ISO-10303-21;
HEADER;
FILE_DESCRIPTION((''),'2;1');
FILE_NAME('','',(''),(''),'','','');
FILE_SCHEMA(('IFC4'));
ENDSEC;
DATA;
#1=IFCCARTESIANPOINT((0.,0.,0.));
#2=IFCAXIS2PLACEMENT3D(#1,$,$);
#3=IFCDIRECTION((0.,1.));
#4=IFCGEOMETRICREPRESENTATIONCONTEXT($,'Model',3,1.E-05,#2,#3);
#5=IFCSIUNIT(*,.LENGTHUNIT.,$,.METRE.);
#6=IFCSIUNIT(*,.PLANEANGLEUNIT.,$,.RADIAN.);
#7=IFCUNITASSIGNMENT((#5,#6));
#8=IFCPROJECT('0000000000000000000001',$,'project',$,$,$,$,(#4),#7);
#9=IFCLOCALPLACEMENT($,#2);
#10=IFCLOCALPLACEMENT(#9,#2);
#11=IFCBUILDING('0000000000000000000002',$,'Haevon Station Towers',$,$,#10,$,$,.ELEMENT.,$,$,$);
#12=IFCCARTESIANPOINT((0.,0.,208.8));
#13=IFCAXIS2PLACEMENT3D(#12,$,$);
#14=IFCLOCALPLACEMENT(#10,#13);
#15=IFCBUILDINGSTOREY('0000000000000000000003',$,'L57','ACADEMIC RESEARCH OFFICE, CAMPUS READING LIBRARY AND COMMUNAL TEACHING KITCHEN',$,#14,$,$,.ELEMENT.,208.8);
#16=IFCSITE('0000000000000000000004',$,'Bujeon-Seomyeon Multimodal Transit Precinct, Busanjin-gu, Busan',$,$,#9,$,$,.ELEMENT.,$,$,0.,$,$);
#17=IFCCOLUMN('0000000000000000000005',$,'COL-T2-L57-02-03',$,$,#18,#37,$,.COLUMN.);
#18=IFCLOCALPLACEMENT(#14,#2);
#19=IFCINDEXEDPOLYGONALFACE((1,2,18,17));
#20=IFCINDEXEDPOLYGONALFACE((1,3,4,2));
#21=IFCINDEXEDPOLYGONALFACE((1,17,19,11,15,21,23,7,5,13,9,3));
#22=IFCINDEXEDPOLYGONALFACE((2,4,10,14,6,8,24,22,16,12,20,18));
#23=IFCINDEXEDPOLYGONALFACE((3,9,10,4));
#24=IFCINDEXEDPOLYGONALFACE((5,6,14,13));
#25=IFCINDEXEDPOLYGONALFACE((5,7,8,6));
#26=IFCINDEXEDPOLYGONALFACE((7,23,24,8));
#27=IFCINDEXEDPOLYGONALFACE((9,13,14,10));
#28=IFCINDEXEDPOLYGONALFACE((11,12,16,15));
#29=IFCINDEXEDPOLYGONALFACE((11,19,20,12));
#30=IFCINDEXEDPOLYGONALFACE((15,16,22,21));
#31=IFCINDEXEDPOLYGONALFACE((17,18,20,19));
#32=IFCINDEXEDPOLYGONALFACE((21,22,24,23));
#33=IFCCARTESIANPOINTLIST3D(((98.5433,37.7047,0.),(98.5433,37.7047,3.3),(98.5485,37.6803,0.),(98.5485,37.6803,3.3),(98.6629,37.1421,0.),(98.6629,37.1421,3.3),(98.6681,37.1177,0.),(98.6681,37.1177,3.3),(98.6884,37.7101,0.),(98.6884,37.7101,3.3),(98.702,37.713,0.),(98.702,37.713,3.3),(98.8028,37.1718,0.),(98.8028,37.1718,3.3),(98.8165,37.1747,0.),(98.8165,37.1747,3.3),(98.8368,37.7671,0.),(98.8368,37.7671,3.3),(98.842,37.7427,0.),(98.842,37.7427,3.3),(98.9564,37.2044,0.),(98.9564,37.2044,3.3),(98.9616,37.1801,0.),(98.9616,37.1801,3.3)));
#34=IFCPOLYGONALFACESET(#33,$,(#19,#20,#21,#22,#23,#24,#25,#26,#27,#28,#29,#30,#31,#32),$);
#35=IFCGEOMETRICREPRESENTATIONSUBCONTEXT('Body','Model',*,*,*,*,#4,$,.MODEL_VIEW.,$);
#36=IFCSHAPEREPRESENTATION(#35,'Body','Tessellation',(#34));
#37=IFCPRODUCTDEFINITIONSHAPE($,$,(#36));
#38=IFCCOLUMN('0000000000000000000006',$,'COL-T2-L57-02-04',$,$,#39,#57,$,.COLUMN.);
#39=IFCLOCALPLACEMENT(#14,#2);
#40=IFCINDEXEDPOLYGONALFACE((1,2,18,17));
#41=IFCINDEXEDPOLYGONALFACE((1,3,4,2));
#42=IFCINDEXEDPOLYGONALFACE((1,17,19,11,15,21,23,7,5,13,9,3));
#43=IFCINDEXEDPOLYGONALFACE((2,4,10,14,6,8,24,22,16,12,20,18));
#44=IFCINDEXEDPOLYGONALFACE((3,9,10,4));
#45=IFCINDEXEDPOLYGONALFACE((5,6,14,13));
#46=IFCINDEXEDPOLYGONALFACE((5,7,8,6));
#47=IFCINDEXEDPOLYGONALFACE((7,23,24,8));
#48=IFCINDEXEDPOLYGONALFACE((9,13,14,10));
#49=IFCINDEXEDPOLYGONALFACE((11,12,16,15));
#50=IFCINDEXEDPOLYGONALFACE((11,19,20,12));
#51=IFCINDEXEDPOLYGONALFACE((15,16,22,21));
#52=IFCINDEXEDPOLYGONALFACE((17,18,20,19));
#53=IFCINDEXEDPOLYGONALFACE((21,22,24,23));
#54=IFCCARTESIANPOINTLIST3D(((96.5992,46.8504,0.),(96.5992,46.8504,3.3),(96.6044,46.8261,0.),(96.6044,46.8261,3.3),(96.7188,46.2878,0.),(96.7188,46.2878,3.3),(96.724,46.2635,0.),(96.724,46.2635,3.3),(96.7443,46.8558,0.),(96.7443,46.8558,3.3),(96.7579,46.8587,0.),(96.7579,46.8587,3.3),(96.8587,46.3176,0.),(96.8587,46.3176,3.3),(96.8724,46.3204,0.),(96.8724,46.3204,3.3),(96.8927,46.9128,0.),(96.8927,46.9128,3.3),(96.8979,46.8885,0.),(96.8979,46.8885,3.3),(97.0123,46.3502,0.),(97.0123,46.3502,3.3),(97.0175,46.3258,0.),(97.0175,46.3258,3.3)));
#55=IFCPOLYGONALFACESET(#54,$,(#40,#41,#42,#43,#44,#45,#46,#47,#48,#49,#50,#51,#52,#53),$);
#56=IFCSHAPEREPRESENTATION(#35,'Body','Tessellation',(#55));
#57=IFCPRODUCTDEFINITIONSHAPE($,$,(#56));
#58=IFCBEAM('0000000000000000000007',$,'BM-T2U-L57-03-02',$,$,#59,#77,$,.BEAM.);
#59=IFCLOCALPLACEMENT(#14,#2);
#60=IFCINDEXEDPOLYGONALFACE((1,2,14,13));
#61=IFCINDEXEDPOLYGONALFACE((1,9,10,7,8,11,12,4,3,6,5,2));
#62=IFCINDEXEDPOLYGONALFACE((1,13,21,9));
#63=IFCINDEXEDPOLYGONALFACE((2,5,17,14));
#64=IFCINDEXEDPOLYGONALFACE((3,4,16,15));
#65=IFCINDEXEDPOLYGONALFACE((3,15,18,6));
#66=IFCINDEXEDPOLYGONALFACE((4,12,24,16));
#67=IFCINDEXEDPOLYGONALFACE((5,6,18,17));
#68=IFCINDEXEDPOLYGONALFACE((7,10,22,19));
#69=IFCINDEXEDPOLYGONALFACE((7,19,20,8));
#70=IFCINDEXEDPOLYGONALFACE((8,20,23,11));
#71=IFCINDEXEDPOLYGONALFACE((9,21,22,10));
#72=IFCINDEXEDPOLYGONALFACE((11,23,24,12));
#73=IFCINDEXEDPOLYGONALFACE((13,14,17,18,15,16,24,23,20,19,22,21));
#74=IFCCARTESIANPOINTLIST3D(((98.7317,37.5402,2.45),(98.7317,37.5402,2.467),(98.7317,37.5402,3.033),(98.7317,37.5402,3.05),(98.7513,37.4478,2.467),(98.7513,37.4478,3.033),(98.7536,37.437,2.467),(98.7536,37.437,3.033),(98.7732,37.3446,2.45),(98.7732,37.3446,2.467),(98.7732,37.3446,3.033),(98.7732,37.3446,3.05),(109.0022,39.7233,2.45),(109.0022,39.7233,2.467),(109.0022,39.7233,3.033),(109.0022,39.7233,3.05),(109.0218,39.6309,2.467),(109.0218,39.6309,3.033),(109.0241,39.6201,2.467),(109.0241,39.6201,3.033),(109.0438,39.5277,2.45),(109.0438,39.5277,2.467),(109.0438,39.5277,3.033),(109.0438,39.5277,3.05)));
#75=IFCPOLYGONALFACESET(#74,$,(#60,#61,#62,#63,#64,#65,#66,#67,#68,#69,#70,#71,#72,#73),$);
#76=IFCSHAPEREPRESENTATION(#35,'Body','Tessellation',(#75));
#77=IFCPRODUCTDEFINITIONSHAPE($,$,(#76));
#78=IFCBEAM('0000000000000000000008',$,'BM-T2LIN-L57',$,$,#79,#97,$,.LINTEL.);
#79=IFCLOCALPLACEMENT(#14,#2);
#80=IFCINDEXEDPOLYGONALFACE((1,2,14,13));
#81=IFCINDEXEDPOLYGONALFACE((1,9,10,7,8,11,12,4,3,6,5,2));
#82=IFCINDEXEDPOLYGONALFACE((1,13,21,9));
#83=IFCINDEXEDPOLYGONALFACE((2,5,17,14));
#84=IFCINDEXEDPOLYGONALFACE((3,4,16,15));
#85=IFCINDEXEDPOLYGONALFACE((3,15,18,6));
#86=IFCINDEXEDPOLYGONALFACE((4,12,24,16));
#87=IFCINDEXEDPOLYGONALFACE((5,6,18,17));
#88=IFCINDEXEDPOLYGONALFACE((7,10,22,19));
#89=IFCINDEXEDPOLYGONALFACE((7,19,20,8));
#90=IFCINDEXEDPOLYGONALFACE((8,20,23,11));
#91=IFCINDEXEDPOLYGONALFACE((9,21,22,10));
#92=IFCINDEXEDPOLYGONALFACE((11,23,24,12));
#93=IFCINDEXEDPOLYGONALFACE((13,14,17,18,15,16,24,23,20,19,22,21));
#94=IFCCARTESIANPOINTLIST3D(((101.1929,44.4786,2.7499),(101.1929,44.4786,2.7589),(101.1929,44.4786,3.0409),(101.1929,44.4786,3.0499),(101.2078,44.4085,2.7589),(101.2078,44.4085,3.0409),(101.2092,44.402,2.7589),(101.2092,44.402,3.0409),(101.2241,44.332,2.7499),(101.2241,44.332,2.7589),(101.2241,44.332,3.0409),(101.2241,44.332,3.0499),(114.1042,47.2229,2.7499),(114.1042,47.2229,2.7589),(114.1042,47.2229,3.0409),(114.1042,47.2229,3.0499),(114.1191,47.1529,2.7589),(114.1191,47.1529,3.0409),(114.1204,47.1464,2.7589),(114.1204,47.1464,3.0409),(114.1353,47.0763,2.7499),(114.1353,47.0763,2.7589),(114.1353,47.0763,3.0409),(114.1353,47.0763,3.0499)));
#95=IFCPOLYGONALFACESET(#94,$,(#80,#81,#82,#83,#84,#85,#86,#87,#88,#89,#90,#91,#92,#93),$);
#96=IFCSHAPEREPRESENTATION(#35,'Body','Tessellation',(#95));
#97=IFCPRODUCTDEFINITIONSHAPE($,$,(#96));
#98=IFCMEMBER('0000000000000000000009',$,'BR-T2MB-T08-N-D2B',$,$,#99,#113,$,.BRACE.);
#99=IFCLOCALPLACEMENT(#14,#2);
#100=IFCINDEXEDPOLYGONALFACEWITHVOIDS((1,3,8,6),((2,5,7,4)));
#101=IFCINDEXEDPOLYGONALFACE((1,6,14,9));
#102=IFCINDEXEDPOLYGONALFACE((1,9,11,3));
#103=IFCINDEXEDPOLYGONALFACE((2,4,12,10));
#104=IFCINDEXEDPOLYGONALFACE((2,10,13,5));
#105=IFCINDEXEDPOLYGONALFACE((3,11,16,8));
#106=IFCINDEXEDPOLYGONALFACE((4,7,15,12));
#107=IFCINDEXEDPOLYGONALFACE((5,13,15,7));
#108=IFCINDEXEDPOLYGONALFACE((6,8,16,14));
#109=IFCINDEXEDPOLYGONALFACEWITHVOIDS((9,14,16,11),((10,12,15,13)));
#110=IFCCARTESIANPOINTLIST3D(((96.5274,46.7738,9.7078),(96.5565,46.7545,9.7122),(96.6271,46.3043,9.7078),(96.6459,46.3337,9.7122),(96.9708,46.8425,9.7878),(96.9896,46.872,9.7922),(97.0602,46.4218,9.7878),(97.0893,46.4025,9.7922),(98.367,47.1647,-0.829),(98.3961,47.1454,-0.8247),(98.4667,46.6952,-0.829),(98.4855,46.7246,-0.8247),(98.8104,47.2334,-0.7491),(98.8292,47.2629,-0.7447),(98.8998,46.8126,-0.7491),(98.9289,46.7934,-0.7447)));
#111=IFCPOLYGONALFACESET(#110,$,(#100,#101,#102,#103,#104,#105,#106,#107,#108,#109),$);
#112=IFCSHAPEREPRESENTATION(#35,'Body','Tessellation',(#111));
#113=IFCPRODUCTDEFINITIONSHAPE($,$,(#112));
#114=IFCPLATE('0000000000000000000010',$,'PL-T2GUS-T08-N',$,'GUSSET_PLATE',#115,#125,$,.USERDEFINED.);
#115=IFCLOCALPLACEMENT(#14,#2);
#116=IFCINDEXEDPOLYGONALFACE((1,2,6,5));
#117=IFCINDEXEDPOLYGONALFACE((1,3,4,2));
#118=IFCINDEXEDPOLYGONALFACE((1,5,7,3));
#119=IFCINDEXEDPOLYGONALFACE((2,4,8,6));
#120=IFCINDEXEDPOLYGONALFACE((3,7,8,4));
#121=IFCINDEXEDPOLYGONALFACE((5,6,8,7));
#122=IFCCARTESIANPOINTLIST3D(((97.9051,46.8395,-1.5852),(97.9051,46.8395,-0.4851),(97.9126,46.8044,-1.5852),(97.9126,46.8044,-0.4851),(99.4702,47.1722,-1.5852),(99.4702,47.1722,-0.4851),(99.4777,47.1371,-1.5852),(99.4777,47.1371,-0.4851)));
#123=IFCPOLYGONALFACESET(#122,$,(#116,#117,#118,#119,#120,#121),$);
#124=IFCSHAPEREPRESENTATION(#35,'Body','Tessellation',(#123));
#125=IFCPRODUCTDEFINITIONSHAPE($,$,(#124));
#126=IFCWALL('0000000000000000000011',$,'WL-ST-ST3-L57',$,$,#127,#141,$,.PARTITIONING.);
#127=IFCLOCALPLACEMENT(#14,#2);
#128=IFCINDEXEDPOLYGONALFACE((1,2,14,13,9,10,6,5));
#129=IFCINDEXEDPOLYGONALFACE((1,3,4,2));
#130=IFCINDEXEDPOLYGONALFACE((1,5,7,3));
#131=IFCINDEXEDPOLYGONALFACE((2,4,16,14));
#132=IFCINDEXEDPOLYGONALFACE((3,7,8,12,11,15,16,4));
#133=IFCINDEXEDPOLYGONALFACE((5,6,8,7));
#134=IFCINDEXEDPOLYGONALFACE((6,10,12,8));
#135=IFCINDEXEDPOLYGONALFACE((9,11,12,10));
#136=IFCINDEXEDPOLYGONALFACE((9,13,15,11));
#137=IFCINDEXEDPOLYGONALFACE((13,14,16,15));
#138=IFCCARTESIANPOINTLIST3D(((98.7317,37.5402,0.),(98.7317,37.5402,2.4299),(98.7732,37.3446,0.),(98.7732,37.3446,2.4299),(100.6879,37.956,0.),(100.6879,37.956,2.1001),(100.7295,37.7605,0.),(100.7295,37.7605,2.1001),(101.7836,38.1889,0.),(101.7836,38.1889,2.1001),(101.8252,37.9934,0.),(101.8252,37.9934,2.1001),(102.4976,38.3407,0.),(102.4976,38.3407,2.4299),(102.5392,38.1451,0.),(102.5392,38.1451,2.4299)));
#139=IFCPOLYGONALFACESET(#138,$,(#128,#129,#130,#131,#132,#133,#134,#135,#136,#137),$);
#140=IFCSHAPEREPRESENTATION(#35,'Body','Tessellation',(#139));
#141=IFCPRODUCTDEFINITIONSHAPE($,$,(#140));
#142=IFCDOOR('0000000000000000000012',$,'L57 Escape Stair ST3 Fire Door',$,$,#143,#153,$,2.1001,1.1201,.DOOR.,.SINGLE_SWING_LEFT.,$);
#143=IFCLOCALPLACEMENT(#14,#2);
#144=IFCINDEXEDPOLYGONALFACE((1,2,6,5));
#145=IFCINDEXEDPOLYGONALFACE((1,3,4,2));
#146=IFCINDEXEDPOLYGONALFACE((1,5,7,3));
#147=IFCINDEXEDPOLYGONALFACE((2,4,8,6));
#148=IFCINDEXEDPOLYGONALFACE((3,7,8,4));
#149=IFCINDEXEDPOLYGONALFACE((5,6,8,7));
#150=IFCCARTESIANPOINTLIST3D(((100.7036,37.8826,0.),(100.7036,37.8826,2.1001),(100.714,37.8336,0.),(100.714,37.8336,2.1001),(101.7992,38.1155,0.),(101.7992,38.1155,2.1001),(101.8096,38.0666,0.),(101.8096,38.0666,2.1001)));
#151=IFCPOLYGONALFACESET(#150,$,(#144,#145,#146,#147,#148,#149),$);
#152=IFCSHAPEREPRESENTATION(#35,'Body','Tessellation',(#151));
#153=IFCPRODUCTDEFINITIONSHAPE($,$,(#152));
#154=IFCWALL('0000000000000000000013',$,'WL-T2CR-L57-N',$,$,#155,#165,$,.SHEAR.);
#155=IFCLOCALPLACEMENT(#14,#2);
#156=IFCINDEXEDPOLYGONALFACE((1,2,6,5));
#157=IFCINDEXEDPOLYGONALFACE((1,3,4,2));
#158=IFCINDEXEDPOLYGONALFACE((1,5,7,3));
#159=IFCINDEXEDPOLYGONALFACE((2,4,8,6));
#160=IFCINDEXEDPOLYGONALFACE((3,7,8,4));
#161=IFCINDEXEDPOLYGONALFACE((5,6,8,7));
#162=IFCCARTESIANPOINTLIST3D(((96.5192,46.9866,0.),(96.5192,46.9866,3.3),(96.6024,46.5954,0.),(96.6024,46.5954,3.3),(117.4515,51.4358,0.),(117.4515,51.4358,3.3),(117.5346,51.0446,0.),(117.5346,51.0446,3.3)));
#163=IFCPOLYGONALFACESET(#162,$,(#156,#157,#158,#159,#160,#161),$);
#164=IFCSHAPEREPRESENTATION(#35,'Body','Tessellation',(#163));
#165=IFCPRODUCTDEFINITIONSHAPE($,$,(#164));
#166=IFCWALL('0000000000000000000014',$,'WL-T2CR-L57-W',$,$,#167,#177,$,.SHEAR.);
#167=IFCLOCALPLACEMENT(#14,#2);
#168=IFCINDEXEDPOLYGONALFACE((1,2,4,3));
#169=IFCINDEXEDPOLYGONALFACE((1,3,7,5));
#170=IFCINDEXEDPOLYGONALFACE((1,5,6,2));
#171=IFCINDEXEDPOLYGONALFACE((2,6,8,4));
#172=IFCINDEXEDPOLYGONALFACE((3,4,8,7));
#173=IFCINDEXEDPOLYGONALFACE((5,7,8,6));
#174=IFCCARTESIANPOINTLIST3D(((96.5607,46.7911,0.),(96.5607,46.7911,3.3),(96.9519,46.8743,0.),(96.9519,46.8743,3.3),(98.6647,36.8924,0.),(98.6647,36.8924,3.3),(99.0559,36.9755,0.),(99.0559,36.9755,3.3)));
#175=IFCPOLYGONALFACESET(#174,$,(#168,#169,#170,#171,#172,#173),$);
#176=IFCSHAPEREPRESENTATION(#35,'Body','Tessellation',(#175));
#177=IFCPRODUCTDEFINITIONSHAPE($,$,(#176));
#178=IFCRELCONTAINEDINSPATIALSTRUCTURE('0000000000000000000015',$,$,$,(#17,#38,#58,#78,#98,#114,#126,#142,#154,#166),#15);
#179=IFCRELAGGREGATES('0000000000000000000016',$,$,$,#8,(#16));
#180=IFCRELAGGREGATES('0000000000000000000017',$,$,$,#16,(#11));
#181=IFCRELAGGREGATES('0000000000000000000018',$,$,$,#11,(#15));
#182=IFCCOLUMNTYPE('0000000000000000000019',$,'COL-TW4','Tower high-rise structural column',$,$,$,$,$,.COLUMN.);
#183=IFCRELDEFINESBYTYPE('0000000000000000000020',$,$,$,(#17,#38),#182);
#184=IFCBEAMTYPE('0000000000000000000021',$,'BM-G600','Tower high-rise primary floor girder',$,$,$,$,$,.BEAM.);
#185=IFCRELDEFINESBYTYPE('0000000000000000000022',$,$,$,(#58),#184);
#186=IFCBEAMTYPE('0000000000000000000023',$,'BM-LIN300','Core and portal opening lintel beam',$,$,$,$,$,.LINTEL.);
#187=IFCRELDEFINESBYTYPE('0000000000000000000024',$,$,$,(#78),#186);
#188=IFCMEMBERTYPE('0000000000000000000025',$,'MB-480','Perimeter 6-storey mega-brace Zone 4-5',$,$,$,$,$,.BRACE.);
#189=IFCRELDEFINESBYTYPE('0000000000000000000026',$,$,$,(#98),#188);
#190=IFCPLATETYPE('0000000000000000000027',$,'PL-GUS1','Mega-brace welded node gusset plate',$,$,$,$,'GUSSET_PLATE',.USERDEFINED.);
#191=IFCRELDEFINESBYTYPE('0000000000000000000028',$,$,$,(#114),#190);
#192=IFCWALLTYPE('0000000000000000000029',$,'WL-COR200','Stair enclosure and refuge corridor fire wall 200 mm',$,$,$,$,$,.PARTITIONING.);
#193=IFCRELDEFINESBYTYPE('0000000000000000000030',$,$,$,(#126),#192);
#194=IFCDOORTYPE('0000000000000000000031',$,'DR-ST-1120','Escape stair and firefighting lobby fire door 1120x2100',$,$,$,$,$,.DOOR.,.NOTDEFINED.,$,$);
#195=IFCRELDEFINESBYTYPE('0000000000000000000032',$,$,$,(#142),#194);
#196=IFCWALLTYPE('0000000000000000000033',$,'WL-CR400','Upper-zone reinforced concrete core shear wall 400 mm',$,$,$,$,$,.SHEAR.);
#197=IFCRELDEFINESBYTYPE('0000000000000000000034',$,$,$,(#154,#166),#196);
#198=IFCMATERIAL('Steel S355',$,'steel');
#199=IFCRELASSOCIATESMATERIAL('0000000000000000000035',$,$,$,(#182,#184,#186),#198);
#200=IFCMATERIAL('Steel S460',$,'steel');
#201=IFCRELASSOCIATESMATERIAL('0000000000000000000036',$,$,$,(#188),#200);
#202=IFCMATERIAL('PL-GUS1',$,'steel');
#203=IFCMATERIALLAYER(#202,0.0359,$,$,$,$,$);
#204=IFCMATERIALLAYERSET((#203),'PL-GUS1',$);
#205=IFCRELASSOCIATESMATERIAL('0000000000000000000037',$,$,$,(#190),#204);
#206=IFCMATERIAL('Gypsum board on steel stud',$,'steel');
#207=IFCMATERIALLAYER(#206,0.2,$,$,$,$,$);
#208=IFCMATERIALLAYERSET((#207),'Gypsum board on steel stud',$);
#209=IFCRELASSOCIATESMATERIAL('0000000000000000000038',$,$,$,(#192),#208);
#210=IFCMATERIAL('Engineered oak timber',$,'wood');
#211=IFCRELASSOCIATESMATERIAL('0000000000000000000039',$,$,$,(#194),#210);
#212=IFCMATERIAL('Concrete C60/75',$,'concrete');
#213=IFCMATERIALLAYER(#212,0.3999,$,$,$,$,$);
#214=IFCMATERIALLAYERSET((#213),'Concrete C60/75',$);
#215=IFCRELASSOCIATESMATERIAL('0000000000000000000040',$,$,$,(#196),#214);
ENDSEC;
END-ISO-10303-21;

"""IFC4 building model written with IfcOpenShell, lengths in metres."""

from ifc_helpers import new_model, si_unit, direction, frame, frame_2d, origin, origin_2d, place, context, subcontext, project, spatial, rectangle, hollow_rectangle, i_section, extrude, material, layer, layer_set, material_profile, profile_set, type_object, element, fill, save


model = new_model("IFC4")

# Units and contexts
model_context = context("Model", 3, precision=1e-05, world=origin(), true_north=direction((0.0, 1.0)))
body_context = subcontext(model_context, "Body", "Model", "MODEL_VIEW")
ifc_project = project(units=[si_unit("LENGTHUNIT", "METRE"), si_unit("PLANEANGLEUNIT", "RADIAN")], contexts=[model_context])

# Site, building, storey
site_placement = place(None, origin())
site = spatial("IfcSite", under=ifc_project, at=site_placement, Name="Bujeon-Seomyeon Multimodal Transit Precinct, Busanjin-gu, Busan", CompositionType="ELEMENT", RefElevation=0.0)
building_placement = place(site_placement, origin())
building = spatial("IfcBuilding", under=site, at=building_placement, Name="Haevon Station Towers", CompositionType="ELEMENT")
storey_placement = place(building_placement, frame((0.0, 0.0, 208.8)))
storey = spatial("IfcBuildingStorey", under=building, at=storey_placement, Name="L57", Description="ACADEMIC RESEARCH OFFICE, CAMPUS READING LIBRARY AND COMMUNAL TEACHING KITCHEN", CompositionType="ELEMENT", Elevation=208.8)

# Columns
ifc_material_1 = material(Name="Steel S355", Category="steel")
ifc_material_profile_1 = material_profile(ifc_material_1, i_section(OverallWidth=0.3, OverallDepth=0.6001, WebThickness=0.0139, FlangeThickness=0.0249, at=origin_2d()), Name="H-600x300x14x25")
ifc_profile_set_1 = profile_set([ifc_material_profile_1], Name="Steel S355")
column_type = type_object("IfcColumnType", Name="COL-TW4", Description="Tower high-rise structural column", PredefinedType="COLUMN", material=ifc_profile_set_1)
for number, where, z_axis, x_axis, name in (
    (1, (98.7524, 37.4424, 0.0), (0.0, 0.0, 1.0), (0.978148, 0.207912, 0.0), "COL-T2-L57-02-03"),
    (2, (96.8083, 46.5881, 0.0), (0.0, 0.0, 1.0), (0.978148, 0.207912, 0.0), "COL-T2-L57-02-04"),
):
    element("IfcColumn", number, at=place(storey_placement, frame(where, z_axis=z_axis, x_axis=x_axis)), inside=storey, type_object=column_type, Name=name, PredefinedType="COLUMN", context=body_context, shape_type="SweptSolid", body=[
        extrude(i_section(OverallWidth=0.3, OverallDepth=0.6001, WebThickness=0.0139, FlangeThickness=0.0249, at=origin_2d()), origin(), (0.0, 0.0, 1.0), 3.3),
    ])

# Beams
ifc_material_profile_2 = material_profile(ifc_material_1, i_section(OverallWidth=0.2, OverallDepth=0.6001, WebThickness=0.011, FlangeThickness=0.0171, at=origin_2d()), Name="H-600x200x11x17")
ifc_profile_set_2 = profile_set([ifc_material_profile_2], Name="Steel S355")
beam_type_1 = type_object("IfcBeamType", Name="BM-G600", Description="Tower high-rise primary floor girder", PredefinedType="BEAM", material=ifc_profile_set_2)
beam_1_placement = place(storey_placement, frame((98.7524, 37.4424, 2.75), z_axis=(0.978147, 0.207915, 0.0), x_axis=(-0.207915, 0.978147, 0.0)))
element("IfcBeam", 3, at=beam_1_placement, inside=storey, type_object=beam_type_1, Name="BM-T2U-L57-03-02", PredefinedType="BEAM", context=body_context, shape_type="SweptSolid", body=[
    extrude(i_section(OverallWidth=0.2, OverallDepth=0.6001, WebThickness=0.011, FlangeThickness=0.0171, at=origin_2d()), origin(), (0.0, 0.0, 1.0), 10.5),
])
ifc_material_profile_3 = material_profile(ifc_material_1, i_section(OverallWidth=0.1499, OverallDepth=0.3, WebThickness=0.0066, FlangeThickness=0.009, at=origin_2d()), Name="H-300x150x6.5x9")
ifc_profile_set_3 = profile_set([ifc_material_profile_3], Name="Steel S355")
beam_type_2 = type_object("IfcBeamType", Name="BM-LIN300", Description="Core and portal opening lintel beam", PredefinedType="LINTEL", material=ifc_profile_set_3)
beam_2_placement = place(storey_placement, frame((101.2085, 44.4053, 2.8999), z_axis=(0.978148, 0.207911, 0.0), x_axis=(-0.207911, 0.978148, 0.0)))
element("IfcBeam", 4, at=beam_2_placement, inside=storey, type_object=beam_type_2, Name="BM-T2LIN-L57", PredefinedType="LINTEL", context=body_context, shape_type="SweptSolid", body=[
    extrude(i_section(OverallWidth=0.1499, OverallDepth=0.3, WebThickness=0.0066, FlangeThickness=0.009, at=origin_2d()), origin(), (0.0, 0.0, 1.0), 13.1997),
])

# Member
ifc_material_2 = material(Name="Steel S460", Category="steel")
ifc_material_profile_4 = material_profile(ifc_material_2, hollow_rectangle(XDim=0.48, YDim=0.48, WallThickness=0.0249, at=origin_2d()), Name="RHS-480x480x25")
ifc_profile_set_4 = profile_set([ifc_material_profile_4], Name="Steel S460")
member_type = type_object("IfcMemberType", Name="MB-480", Description="Perimeter 6-storey mega-brace Zone 4-5", PredefinedType="BRACE", material=ifc_profile_set_4)
member_placement = place(storey_placement, frame((98.6479, 46.979, -0.7869), z_axis=(-0.171871, -0.036518, 0.984442), x_axis=(0.207835, -0.978164, 0.0)))
element("IfcMember", 5, at=member_placement, inside=storey, type_object=member_type, Name="BR-T2MB-T08-N-D2B", PredefinedType="BRACE", context=body_context, shape_type="SweptSolid", body=[
    extrude(hollow_rectangle(XDim=0.48, YDim=0.48, WallThickness=0.0249, at=origin_2d()), origin(), (0.0, 0.0, 1.0), 10.7034),
])

# Plate
ifc_material_3 = material(Name="PL-GUS1", Category="steel")
ifc_layer_1 = layer(ifc_material_3, 0.0359)
ifc_layer_set_1 = layer_set([ifc_layer_1], Name="PL-GUS1")
plate_type = type_object("IfcPlateType", Name="PL-GUS1", Description="Mega-brace welded node gusset plate", ElementType="GUSSET_PLATE", PredefinedType="USERDEFINED", material=ifc_layer_set_1)
plate_placement = place(storey_placement, frame((98.6914, 46.9883, -1.5852), z_axis=(0.0, 0.0, 1.0), x_axis=(0.978148, 0.207912, 0.0)))
element("IfcPlate", 6, at=plate_placement, inside=storey, type_object=plate_type, Name="PL-T2GUS-T08-N", ObjectType="GUSSET_PLATE", PredefinedType="USERDEFINED", context=body_context, shape_type="SweptSolid", body=[
    extrude(rectangle(XDim=1.6001, YDim=0.0359, at=origin_2d()), origin(), (0.0, 0.0, 1.0), 1.1001),
])

# Wall, opening, door
ifc_material_4 = material(Name="Gypsum board on steel stud", Category="steel")
ifc_layer_2 = layer(ifc_material_4, 0.2)
ifc_layer_set_2 = layer_set([ifc_layer_2], Name="Gypsum board on steel stud")
wall_type_1 = type_object("IfcWallType", Name="WL-COR200", Description="Stair enclosure and refuge corridor fire wall 200 mm", PredefinedType="PARTITIONING", material=ifc_layer_set_2)
wall_1_placement = place(storey_placement, frame((98.7524, 37.4424, 0.0), z_axis=(0.0, 0.0, 1.0), x_axis=(0.978144, 0.207931, 0.0)))
wall_1 = element("IfcWall", 7, at=wall_1_placement, inside=storey, type_object=wall_type_1, Name="WL-ST-ST3-L57", PredefinedType="PARTITIONING", context=body_context, shape_type="SweptSolid", body=[
    extrude(rectangle(XDim=3.8501, YDim=0.2, at=frame_2d((1.925, 0.0))), origin(), (0.0, 0.0, 1.0), 2.4299),
])
opening_1_placement = place(wall_1_placement, frame((2.0, 0.0, 0.0)))
opening_1 = element("IfcOpeningElement", 8, at=opening_1_placement, cuts=wall_1, PredefinedType="OPENING", context=body_context, shape_type="SweptSolid", body=[
    extrude(rectangle(XDim=1.1201, YDim=2.1001, at=frame_2d((0.5601, 1.05))), frame((0.0, 0.1099, 0.0), z_axis=(0.0, -1.0, 0.0), x_axis=(1.0, 0.0, 0.0)), (0.0, 0.0, 1.0), 0.22),
])
ifc_material_5 = material(Name="Engineered oak timber", Category="wood")
door_type_1 = type_object("IfcDoorType", Name="DR-ST-1120", Description="Escape stair and firefighting lobby fire door 1120x2100", OperationType="NOTDEFINED", PredefinedType="DOOR", material=ifc_material_5)
door_1_placement = place(opening_1_placement, origin())
door_1 = element("IfcDoor", 9, at=door_1_placement, inside=storey, type_object=door_type_1, Name="L57 Escape Stair ST3 Fire Door", OperationType="SINGLE_SWING_LEFT", OverallHeight=2.1001, OverallWidth=1.1201, PredefinedType="DOOR", context=body_context, shape_type="SweptSolid", body=[
    extrude(rectangle(XDim=1.1201, YDim=2.1001, at=frame_2d((0.5601, 1.05))), frame((0.0, 0.0249, 0.0), z_axis=(0.0, -1.0, 0.0), x_axis=(1.0, 0.0, 0.0)), (0.0, 0.0, 1.0), 0.05),
])
fill(opening_1, door_1)

# Walls
ifc_material_6 = material(Name="Concrete C60/75", Category="concrete")
ifc_layer_3 = layer(ifc_material_6, 0.3999)
ifc_layer_set_3 = layer_set([ifc_layer_3], Name="Concrete C60/75")
wall_type_2 = type_object("IfcWallType", Name="WL-CR400", Description="Upper-zone reinforced concrete core shear wall 400 mm", PredefinedType="SHEAR", material=ifc_layer_set_3)
wall_2_placement = place(storey_placement, frame((96.5608, 46.791, 0.0), z_axis=(0.0, 0.0, 1.0), x_axis=(0.978148, 0.207907, 0.0)))
element("IfcWall", 10, at=wall_2_placement, inside=storey, type_object=wall_type_2, Name="WL-T2CR-L57-N", PredefinedType="SHEAR", context=body_context, shape_type="SweptSolid", body=[
    extrude(rectangle(XDim=21.3999, YDim=0.3999, at=frame_2d((10.7, 0.0))), origin(), (0.0, 0.0, 1.0), 3.3),
])
wall_3_placement = place(storey_placement, frame((98.8604, 36.9338, 0.0), z_axis=(0.0, 0.0, 1.0), x_axis=(-0.207909, 0.978148, 0.0)))
element("IfcWall", 11, at=wall_3_placement, inside=storey, type_object=wall_type_2, Name="WL-T2CR-L57-W", PredefinedType="SHEAR", context=body_context, shape_type="SweptSolid", body=[
    extrude(rectangle(XDim=10.1199, YDim=0.3999, at=frame_2d((5.0601, 0.0))), origin(), (0.0, 0.0, 1.0), 3.3),
])

save(model, "model.ifc")
